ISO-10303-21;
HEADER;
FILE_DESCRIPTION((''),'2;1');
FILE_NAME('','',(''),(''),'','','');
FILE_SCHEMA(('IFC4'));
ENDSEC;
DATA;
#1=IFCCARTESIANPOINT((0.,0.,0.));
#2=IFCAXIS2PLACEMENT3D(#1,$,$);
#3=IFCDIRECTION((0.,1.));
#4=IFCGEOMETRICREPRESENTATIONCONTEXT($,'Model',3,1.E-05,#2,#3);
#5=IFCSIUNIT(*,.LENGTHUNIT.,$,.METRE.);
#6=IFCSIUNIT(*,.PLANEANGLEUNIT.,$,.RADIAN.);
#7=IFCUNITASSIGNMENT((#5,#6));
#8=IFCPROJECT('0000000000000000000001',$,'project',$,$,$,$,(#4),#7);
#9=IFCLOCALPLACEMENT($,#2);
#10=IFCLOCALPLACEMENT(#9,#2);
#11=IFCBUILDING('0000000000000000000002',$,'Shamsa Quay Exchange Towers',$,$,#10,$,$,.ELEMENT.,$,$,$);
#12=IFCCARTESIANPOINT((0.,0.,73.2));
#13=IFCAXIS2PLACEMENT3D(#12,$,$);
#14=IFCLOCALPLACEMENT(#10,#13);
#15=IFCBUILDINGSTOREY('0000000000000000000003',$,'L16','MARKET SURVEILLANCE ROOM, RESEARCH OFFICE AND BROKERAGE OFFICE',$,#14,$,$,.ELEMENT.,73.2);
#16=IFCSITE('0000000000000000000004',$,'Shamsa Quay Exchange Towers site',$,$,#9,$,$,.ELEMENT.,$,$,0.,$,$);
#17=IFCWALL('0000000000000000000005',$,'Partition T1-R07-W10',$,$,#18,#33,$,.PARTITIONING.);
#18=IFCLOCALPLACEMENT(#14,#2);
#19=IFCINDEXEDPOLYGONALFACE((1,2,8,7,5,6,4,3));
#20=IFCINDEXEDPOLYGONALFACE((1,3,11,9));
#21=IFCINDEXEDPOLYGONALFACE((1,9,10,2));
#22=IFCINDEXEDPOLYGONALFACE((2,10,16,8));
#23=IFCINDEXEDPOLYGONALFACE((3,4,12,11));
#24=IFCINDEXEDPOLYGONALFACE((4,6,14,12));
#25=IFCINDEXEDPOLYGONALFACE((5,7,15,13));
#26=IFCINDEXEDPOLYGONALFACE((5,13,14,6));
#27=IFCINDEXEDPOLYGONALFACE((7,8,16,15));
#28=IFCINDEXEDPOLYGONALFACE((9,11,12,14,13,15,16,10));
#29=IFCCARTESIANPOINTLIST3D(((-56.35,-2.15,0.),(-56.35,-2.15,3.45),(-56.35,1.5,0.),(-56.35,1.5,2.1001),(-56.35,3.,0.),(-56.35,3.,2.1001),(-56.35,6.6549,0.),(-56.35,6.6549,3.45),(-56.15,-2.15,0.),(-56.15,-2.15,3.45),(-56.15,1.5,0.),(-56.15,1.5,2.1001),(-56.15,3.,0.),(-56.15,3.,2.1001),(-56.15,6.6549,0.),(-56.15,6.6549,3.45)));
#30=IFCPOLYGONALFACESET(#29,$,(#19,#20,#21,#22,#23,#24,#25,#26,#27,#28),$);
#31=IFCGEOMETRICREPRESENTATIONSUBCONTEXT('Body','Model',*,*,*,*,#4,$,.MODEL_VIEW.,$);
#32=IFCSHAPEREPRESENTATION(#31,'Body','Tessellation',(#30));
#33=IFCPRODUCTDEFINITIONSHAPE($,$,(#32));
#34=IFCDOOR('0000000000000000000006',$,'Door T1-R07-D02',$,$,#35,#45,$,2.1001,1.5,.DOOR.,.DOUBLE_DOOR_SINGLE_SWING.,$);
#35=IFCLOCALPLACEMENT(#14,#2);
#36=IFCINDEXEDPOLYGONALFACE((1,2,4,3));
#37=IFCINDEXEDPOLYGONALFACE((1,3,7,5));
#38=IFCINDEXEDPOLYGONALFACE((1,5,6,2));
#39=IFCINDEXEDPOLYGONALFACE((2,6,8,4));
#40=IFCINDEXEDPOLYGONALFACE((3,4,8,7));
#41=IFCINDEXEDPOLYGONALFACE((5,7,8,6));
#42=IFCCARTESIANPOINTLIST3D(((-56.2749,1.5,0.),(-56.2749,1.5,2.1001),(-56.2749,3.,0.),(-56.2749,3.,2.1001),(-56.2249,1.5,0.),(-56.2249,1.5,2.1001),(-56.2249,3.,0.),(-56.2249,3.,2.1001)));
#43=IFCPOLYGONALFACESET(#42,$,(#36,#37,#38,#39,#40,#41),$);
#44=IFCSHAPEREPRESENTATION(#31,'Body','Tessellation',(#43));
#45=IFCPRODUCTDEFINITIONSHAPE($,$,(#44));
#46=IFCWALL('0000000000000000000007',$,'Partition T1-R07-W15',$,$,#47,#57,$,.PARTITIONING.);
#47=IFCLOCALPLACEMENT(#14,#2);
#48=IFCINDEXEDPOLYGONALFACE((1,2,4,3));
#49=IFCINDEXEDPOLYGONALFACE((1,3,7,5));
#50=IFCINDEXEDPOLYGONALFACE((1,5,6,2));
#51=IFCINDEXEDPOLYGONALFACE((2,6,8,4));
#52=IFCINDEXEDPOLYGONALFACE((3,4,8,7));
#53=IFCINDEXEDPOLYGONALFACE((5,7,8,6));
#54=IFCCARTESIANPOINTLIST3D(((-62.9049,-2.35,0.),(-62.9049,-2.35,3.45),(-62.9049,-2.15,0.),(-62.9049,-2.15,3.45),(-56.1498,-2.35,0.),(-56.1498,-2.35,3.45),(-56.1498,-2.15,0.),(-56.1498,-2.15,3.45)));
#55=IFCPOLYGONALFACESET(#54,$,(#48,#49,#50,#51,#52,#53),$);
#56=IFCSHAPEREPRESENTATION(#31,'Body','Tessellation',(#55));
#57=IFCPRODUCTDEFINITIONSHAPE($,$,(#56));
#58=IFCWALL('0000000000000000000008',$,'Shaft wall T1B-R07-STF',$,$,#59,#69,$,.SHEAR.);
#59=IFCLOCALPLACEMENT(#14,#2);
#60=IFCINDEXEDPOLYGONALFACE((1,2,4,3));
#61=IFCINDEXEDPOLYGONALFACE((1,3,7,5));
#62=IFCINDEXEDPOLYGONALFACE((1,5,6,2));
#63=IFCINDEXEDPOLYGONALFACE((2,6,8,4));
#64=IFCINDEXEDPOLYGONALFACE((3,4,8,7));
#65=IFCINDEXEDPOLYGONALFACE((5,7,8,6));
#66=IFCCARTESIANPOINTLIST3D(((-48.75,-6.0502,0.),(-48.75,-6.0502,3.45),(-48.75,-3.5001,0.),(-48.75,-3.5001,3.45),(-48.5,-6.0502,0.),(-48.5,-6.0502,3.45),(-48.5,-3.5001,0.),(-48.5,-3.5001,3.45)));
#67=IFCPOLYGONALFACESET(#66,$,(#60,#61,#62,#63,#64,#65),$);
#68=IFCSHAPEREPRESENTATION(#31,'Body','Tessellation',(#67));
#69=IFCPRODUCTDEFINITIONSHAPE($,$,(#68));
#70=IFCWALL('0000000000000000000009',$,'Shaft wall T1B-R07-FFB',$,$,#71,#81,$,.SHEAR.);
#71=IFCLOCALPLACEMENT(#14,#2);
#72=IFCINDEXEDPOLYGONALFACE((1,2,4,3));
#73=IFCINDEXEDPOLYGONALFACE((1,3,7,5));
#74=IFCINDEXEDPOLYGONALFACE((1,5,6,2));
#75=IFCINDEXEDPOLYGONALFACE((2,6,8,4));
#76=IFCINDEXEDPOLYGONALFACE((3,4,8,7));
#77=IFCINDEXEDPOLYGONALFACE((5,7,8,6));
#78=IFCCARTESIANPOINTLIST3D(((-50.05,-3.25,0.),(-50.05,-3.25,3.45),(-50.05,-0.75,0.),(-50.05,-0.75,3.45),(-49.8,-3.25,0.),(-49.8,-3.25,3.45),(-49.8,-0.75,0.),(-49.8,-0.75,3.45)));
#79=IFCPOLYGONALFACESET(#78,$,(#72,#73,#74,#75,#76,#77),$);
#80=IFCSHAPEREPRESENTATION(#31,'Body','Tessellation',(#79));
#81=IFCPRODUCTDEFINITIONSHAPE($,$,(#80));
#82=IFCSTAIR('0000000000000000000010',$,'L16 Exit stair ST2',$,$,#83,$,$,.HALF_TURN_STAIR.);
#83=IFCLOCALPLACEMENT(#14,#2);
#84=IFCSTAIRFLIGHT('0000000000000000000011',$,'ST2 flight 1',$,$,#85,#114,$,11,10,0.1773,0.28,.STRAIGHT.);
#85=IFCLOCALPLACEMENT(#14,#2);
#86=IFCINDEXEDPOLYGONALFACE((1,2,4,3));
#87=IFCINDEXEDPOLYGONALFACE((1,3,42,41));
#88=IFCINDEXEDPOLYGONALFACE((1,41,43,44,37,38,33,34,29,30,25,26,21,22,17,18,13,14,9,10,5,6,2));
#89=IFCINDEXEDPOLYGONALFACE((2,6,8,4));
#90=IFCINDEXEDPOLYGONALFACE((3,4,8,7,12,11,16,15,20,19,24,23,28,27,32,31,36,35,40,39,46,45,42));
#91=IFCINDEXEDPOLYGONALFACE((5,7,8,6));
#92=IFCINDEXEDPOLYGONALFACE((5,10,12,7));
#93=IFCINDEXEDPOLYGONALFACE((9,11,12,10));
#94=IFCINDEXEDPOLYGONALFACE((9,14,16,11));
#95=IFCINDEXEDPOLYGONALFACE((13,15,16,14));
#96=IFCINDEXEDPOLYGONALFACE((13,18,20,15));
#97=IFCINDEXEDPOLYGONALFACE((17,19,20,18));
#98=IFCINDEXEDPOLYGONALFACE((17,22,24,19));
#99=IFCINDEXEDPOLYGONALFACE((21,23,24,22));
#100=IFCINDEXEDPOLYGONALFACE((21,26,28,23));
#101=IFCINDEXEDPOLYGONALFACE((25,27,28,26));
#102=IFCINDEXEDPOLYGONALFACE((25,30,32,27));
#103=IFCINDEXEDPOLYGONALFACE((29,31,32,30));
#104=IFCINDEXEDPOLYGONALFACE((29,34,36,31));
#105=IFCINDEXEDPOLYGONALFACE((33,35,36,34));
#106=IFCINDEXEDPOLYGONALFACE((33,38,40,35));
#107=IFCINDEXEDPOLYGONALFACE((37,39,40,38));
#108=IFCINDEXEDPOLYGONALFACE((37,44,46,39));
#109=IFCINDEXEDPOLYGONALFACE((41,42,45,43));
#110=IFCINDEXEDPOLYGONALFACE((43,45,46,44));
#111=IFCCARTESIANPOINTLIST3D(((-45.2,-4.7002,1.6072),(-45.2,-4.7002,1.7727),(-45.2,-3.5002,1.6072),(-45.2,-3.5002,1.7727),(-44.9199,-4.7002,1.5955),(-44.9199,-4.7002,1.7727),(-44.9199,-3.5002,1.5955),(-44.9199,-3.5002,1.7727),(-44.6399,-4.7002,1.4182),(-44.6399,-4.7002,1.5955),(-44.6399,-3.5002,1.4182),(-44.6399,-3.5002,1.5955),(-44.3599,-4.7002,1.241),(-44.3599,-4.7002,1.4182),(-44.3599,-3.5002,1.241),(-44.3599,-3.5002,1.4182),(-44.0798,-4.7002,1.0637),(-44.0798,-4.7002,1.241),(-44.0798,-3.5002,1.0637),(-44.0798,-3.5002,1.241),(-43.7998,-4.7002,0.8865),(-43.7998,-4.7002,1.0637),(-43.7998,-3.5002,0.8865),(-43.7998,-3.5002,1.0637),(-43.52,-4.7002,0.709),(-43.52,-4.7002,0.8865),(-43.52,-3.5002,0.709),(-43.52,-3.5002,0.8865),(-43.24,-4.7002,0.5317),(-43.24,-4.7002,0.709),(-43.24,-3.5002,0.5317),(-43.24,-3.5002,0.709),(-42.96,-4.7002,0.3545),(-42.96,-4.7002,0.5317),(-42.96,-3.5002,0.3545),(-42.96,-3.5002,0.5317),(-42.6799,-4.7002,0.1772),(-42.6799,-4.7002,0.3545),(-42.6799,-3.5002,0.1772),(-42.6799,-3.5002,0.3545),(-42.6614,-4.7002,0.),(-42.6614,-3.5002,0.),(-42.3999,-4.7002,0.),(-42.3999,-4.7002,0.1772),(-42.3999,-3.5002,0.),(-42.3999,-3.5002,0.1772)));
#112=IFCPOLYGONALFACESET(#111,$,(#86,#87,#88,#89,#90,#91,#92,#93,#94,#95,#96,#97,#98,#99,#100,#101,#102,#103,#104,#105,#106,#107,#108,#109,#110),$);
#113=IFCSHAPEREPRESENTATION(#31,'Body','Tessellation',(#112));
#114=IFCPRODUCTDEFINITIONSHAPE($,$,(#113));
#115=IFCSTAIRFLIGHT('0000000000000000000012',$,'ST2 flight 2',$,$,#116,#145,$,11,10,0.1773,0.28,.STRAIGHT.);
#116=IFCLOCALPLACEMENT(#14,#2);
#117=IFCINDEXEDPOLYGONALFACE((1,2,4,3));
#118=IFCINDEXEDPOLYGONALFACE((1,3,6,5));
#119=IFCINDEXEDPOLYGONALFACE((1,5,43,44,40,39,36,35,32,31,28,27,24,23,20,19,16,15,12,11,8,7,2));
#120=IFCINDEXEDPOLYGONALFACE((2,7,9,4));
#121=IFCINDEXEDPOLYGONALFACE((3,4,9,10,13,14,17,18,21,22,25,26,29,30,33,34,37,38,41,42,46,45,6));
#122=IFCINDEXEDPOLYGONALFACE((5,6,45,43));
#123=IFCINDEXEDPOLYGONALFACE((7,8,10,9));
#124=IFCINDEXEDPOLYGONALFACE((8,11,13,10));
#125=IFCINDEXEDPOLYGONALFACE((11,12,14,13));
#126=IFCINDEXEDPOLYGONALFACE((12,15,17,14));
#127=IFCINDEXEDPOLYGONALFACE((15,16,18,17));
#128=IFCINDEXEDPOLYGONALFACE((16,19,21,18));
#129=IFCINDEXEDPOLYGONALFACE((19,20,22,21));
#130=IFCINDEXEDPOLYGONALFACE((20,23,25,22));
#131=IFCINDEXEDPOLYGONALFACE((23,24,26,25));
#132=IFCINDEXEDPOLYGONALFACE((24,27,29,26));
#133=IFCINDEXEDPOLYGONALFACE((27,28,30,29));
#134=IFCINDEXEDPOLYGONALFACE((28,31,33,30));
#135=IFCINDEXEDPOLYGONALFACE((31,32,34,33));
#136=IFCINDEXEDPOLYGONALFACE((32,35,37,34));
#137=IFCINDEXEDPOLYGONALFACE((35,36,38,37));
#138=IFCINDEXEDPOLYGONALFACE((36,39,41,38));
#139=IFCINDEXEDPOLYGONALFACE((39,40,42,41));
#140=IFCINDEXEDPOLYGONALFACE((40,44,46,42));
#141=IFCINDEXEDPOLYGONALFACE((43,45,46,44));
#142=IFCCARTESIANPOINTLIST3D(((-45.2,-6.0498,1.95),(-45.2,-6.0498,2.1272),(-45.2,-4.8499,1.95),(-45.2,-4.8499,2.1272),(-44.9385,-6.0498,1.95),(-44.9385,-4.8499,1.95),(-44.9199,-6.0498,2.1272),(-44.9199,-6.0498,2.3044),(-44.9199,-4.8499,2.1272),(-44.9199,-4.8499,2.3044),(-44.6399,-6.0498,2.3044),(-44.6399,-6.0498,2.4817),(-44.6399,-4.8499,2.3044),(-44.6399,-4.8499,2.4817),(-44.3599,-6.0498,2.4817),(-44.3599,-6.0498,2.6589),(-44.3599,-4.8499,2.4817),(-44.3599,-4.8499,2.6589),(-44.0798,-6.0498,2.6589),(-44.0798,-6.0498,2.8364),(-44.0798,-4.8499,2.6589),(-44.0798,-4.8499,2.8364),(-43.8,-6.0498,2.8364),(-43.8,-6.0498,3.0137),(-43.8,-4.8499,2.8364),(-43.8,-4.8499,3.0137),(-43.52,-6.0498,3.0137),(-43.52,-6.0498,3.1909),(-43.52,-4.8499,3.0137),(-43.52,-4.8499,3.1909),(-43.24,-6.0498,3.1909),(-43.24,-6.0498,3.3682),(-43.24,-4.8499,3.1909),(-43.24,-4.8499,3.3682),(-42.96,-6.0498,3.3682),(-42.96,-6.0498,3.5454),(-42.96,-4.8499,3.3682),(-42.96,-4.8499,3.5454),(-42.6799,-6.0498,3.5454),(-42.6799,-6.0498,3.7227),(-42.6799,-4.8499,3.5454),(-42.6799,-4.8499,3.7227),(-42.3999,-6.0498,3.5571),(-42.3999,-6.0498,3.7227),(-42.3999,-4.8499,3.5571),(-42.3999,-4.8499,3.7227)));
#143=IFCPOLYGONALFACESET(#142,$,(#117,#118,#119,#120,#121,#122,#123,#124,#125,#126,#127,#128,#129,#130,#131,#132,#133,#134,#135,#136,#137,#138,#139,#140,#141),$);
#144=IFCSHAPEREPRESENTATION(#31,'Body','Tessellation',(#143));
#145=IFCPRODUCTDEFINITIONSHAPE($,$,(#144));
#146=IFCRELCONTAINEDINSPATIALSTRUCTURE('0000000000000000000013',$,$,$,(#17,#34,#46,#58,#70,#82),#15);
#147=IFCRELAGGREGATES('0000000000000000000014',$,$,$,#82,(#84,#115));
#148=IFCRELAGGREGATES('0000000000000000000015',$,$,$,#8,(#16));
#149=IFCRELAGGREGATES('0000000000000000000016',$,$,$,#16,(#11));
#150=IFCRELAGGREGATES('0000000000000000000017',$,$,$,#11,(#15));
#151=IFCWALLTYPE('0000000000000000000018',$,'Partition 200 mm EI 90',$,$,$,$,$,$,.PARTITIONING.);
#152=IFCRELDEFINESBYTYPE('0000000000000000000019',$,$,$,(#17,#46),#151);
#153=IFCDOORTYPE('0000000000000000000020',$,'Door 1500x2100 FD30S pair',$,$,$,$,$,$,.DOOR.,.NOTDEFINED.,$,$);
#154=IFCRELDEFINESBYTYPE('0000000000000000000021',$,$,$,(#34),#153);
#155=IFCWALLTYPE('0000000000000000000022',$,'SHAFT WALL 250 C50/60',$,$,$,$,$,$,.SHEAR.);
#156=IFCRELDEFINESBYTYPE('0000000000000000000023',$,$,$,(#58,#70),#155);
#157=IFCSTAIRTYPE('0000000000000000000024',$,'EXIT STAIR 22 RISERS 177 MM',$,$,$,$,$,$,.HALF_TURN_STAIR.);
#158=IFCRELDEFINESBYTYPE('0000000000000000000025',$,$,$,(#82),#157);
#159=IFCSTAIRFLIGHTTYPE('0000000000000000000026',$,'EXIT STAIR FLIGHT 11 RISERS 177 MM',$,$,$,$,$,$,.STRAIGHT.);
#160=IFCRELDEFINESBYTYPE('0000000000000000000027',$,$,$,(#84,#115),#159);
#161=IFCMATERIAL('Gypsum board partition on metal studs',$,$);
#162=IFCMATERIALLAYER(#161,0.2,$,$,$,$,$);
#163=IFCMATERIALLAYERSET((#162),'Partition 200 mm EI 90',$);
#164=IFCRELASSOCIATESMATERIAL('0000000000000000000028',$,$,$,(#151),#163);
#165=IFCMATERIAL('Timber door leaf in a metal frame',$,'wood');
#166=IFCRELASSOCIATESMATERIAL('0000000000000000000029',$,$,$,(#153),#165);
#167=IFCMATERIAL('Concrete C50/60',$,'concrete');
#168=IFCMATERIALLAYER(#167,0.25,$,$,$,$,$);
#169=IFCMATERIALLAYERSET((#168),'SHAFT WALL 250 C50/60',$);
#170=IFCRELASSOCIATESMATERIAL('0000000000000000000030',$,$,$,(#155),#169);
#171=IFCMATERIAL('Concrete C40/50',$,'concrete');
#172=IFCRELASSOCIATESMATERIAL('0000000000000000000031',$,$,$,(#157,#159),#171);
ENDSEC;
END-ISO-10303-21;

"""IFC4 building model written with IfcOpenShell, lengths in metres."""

from ifc_helpers import new_model, si_unit, direction, frame, frame_2d, origin, place, context, subcontext, project, spatial, polyline, rectangle, outline, extrude, material, layer, layer_set, type_object, element, fill, aggregate, save


model = new_model("IFC4")

# Units and contexts
model_context = context("Model", 3, precision=1e-05, world=origin(), true_north=direction((0.0, 1.0)))
body_context = subcontext(model_context, "Body", "Model", "MODEL_VIEW")
ifc_project = project(units=[si_unit("LENGTHUNIT", "METRE"), si_unit("PLANEANGLEUNIT", "RADIAN")], contexts=[model_context])

# Site, building, storey
site_placement = place(None, origin())
site = spatial("IfcSite", under=ifc_project, at=site_placement, Name="Shamsa Quay Exchange Towers site", CompositionType="ELEMENT", RefElevation=0.0)
building_placement = place(site_placement, origin())
building = spatial("IfcBuilding", under=site, at=building_placement, Name="Shamsa Quay Exchange Towers", CompositionType="ELEMENT")
storey_placement = place(building_placement, frame((0.0, 0.0, 73.2)))
storey = spatial("IfcBuildingStorey", under=building, at=storey_placement, Name="L16", Description="MARKET SURVEILLANCE ROOM, RESEARCH OFFICE AND BROKERAGE OFFICE", CompositionType="ELEMENT", Elevation=73.2)

# Wall, opening, door
ifc_material_1 = material(Name="Timber door leaf in a metal frame", Category="wood")
ifc_material_2 = material(Name="Gypsum board partition on metal studs")
ifc_layer_1 = layer(ifc_material_2, 0.2)
ifc_layer_set_1 = layer_set([ifc_layer_1], Name="Partition 200 mm EI 90")
wall_type_1 = type_object("IfcWallType", Name="Partition 200 mm EI 90", PredefinedType="PARTITIONING", material=ifc_layer_set_1)
wall_1_placement = place(storey_placement, frame((-56.25, -2.1499, 0.0), z_axis=(0.0, 0.0, 1.0), x_axis=(0.0, 1.0, 0.0)))
wall_1 = element("IfcWall", 1, at=wall_1_placement, inside=storey, type_object=wall_type_1, Name="Partition T1-R07-W10", PredefinedType="PARTITIONING", context=body_context, shape_type="SweptSolid", body=[
    extrude(rectangle(XDim=8.8049, YDim=0.2, at=frame_2d((4.4023, 0.0))), origin(), (0.0, 0.0, 1.0), 3.45),
])
opening_1_placement = place(wall_1_placement, frame((3.6499, 0.0, 0.0)))
opening_1 = element("IfcOpeningElement", 2, at=opening_1_placement, cuts=wall_1, PredefinedType="OPENING", context=body_context, shape_type="SweptSolid", body=[
    extrude(rectangle(XDim=1.5, YDim=2.1001, at=frame_2d((0.75, 1.05))), frame((0.0, 0.1099, 0.0), z_axis=(0.0, -1.0, 0.0), x_axis=(1.0, 0.0, 0.0)), (0.0, 0.0, 1.0), 0.22),
])
door_type_1 = type_object("IfcDoorType", Name="Door 1500x2100 FD30S pair", OperationType="NOTDEFINED", PredefinedType="DOOR", material=ifc_material_1)
door_1_placement = place(opening_1_placement, origin())
door_1 = element("IfcDoor", 3, at=door_1_placement, inside=storey, type_object=door_type_1, Name="Door T1-R07-D02", OperationType="DOUBLE_DOOR_SINGLE_SWING", OverallHeight=2.1001, OverallWidth=1.5, PredefinedType="DOOR", context=body_context, shape_type="SweptSolid", body=[
    extrude(rectangle(XDim=1.5, YDim=2.1001, at=frame_2d((0.75, 1.05))), frame((0.0, 0.0249, 0.0), z_axis=(0.0, -1.0, 0.0), x_axis=(1.0, 0.0, 0.0)), (0.0, 0.0, 1.0), 0.05),
])
fill(opening_1, door_1)

# Walls
wall_2_placement = place(storey_placement, frame((-56.1499, -2.25, 0.0), z_axis=(0.0, 0.0, 1.0), x_axis=(-1.0, 0.0, 0.0)))
element("IfcWall", 4, at=wall_2_placement, inside=storey, type_object=wall_type_1, Name="Partition T1-R07-W15", PredefinedType="PARTITIONING", context=body_context, shape_type="SweptSolid", body=[
    extrude(rectangle(XDim=6.7551, YDim=0.2, at=frame_2d((3.3774, 0.0))), origin(), (0.0, 0.0, 1.0), 3.45),
])
ifc_material_3 = material(Name="Concrete C50/60", Category="concrete")
ifc_layer_2 = layer(ifc_material_3, 0.25)
ifc_layer_set_2 = layer_set([ifc_layer_2], Name="SHAFT WALL 250 C50/60")
wall_type_2 = type_object("IfcWallType", Name="SHAFT WALL 250 C50/60", PredefinedType="SHEAR", material=ifc_layer_set_2)
wall_3_placement = place(storey_placement, frame((-48.625, -6.05, 0.0), z_axis=(0.0, 0.0, 1.0), x_axis=(0.0, 1.0, 0.0)))
element("IfcWall", 5, at=wall_3_placement, inside=storey, type_object=wall_type_2, Name="Shaft wall T1B-R07-STF", PredefinedType="SHEAR", context=body_context, shape_type="SweptSolid", body=[
    extrude(rectangle(XDim=2.55, YDim=0.25, at=frame_2d((1.2749, 0.0))), origin(), (0.0, 0.0, 1.0), 3.45),
])

# Wall
wall_4_placement = place(storey_placement, frame((-49.925, -3.25, 0.0), z_axis=(0.0, 0.0, 1.0), x_axis=(0.0, 1.0, 0.0)))
element("IfcWall", 6, at=wall_4_placement, inside=storey, type_object=wall_type_2, Name="Shaft wall T1B-R07-FFB", PredefinedType="SHEAR", context=body_context, shape_type="SweptSolid", body=[
    extrude(rectangle(XDim=2.5, YDim=0.25, at=frame_2d((1.25, 0.0))), origin(), (0.0, 0.0, 1.0), 3.45),
])

# Stair, stair flights
ifc_material_4 = material(Name="Concrete C40/50", Category="concrete")
stair_type = type_object("IfcStairType", Name="EXIT STAIR 22 RISERS 177 MM", PredefinedType="HALF_TURN_STAIR", material=ifc_material_4)
stair_placement = place(storey_placement, origin())
stair = element("IfcStair", 7, at=stair_placement, inside=storey, type_object=stair_type, Name="L16 Exit stair ST2", PredefinedType="HALF_TURN_STAIR")
stair_flight_type = type_object("IfcStairFlightType", Name="EXIT STAIR FLIGHT 11 RISERS 177 MM", PredefinedType="STRAIGHT", material=ifc_material_4)
stair_flight_1_placement = place(storey_placement, frame((-42.3999, -4.1001, 0.0), z_axis=(0.0, 0.0, 1.0), x_axis=(-1.0, 0.0, 0.0)))
stair_flight_1 = element("IfcStairFlight", 8, at=stair_flight_1_placement, type_object=stair_flight_type, Name="ST2 flight 1", NumberOfRisers=11, NumberOfTreads=10, PredefinedType="STRAIGHT", RiserHeight=0.1773, TreadLength=0.28, context=body_context, shape_type="SweptSolid", body=[
    extrude(outline(polyline([(0.0, 0.0), (0.0, 0.1772), (0.28, 0.1772), (0.28, 0.3545), (0.5601, 0.3545), (0.5601, 0.5317), (0.8401, 0.5317), (0.8401, 0.709), (1.1201, 0.709), (1.1201, 0.8865), (1.3999, 0.8865), (1.3999, 1.0637), (1.6799, 1.0637), (1.6799, 1.241), (1.96, 1.241), (1.96, 1.4182), (2.24, 1.4182), (2.24, 1.5955), (2.52, 1.5955), (2.52, 1.7727), (2.8, 1.7727), (2.8, 1.95), (2.8, 1.6072), (0.2615, 0.0), (0.0, 0.0)])), frame((0.0, 0.6001, 0.0), z_axis=(0.0, -1.0, 0.0), x_axis=(1.0, 0.0, 0.0)), (0.0, 0.0, 1.0), 1.2),
])
stair_flight_2_placement = place(storey_placement, frame((-45.2, -5.45, 1.95)))
stair_flight_2 = element("IfcStairFlight", 9, at=stair_flight_2_placement, type_object=stair_flight_type, Name="ST2 flight 2", NumberOfRisers=11, NumberOfTreads=10, PredefinedType="STRAIGHT", RiserHeight=0.1773, TreadLength=0.28, context=body_context, shape_type="SweptSolid", body=[
    extrude(outline(polyline([(0.0, 0.0), (0.0, 0.1772), (0.28, 0.1772), (0.28, 0.3545), (0.5601, 0.3545), (0.5601, 0.5317), (0.8401, 0.5317), (0.8401, 0.709), (1.1201, 0.709), (1.1201, 0.8865), (1.3999, 0.8865), (1.3999, 1.0637), (1.6799, 1.0637), (1.6799, 1.241), (1.96, 1.241), (1.96, 1.4182), (2.24, 1.4182), (2.24, 1.5955), (2.52, 1.5955), (2.52, 1.7727), (2.8, 1.7727), (2.8, 1.95), (2.8, 1.6072), (0.2615, 0.0), (0.0, 0.0)])), frame((0.0, 0.6001, 0.0), z_axis=(0.0, -1.0, 0.0), x_axis=(1.0, 0.0, 0.0)), (0.0, 0.0, 1.0), 1.2),
])
aggregate(stair, [stair_flight_1, stair_flight_2])

save(model, "model.ifc")
